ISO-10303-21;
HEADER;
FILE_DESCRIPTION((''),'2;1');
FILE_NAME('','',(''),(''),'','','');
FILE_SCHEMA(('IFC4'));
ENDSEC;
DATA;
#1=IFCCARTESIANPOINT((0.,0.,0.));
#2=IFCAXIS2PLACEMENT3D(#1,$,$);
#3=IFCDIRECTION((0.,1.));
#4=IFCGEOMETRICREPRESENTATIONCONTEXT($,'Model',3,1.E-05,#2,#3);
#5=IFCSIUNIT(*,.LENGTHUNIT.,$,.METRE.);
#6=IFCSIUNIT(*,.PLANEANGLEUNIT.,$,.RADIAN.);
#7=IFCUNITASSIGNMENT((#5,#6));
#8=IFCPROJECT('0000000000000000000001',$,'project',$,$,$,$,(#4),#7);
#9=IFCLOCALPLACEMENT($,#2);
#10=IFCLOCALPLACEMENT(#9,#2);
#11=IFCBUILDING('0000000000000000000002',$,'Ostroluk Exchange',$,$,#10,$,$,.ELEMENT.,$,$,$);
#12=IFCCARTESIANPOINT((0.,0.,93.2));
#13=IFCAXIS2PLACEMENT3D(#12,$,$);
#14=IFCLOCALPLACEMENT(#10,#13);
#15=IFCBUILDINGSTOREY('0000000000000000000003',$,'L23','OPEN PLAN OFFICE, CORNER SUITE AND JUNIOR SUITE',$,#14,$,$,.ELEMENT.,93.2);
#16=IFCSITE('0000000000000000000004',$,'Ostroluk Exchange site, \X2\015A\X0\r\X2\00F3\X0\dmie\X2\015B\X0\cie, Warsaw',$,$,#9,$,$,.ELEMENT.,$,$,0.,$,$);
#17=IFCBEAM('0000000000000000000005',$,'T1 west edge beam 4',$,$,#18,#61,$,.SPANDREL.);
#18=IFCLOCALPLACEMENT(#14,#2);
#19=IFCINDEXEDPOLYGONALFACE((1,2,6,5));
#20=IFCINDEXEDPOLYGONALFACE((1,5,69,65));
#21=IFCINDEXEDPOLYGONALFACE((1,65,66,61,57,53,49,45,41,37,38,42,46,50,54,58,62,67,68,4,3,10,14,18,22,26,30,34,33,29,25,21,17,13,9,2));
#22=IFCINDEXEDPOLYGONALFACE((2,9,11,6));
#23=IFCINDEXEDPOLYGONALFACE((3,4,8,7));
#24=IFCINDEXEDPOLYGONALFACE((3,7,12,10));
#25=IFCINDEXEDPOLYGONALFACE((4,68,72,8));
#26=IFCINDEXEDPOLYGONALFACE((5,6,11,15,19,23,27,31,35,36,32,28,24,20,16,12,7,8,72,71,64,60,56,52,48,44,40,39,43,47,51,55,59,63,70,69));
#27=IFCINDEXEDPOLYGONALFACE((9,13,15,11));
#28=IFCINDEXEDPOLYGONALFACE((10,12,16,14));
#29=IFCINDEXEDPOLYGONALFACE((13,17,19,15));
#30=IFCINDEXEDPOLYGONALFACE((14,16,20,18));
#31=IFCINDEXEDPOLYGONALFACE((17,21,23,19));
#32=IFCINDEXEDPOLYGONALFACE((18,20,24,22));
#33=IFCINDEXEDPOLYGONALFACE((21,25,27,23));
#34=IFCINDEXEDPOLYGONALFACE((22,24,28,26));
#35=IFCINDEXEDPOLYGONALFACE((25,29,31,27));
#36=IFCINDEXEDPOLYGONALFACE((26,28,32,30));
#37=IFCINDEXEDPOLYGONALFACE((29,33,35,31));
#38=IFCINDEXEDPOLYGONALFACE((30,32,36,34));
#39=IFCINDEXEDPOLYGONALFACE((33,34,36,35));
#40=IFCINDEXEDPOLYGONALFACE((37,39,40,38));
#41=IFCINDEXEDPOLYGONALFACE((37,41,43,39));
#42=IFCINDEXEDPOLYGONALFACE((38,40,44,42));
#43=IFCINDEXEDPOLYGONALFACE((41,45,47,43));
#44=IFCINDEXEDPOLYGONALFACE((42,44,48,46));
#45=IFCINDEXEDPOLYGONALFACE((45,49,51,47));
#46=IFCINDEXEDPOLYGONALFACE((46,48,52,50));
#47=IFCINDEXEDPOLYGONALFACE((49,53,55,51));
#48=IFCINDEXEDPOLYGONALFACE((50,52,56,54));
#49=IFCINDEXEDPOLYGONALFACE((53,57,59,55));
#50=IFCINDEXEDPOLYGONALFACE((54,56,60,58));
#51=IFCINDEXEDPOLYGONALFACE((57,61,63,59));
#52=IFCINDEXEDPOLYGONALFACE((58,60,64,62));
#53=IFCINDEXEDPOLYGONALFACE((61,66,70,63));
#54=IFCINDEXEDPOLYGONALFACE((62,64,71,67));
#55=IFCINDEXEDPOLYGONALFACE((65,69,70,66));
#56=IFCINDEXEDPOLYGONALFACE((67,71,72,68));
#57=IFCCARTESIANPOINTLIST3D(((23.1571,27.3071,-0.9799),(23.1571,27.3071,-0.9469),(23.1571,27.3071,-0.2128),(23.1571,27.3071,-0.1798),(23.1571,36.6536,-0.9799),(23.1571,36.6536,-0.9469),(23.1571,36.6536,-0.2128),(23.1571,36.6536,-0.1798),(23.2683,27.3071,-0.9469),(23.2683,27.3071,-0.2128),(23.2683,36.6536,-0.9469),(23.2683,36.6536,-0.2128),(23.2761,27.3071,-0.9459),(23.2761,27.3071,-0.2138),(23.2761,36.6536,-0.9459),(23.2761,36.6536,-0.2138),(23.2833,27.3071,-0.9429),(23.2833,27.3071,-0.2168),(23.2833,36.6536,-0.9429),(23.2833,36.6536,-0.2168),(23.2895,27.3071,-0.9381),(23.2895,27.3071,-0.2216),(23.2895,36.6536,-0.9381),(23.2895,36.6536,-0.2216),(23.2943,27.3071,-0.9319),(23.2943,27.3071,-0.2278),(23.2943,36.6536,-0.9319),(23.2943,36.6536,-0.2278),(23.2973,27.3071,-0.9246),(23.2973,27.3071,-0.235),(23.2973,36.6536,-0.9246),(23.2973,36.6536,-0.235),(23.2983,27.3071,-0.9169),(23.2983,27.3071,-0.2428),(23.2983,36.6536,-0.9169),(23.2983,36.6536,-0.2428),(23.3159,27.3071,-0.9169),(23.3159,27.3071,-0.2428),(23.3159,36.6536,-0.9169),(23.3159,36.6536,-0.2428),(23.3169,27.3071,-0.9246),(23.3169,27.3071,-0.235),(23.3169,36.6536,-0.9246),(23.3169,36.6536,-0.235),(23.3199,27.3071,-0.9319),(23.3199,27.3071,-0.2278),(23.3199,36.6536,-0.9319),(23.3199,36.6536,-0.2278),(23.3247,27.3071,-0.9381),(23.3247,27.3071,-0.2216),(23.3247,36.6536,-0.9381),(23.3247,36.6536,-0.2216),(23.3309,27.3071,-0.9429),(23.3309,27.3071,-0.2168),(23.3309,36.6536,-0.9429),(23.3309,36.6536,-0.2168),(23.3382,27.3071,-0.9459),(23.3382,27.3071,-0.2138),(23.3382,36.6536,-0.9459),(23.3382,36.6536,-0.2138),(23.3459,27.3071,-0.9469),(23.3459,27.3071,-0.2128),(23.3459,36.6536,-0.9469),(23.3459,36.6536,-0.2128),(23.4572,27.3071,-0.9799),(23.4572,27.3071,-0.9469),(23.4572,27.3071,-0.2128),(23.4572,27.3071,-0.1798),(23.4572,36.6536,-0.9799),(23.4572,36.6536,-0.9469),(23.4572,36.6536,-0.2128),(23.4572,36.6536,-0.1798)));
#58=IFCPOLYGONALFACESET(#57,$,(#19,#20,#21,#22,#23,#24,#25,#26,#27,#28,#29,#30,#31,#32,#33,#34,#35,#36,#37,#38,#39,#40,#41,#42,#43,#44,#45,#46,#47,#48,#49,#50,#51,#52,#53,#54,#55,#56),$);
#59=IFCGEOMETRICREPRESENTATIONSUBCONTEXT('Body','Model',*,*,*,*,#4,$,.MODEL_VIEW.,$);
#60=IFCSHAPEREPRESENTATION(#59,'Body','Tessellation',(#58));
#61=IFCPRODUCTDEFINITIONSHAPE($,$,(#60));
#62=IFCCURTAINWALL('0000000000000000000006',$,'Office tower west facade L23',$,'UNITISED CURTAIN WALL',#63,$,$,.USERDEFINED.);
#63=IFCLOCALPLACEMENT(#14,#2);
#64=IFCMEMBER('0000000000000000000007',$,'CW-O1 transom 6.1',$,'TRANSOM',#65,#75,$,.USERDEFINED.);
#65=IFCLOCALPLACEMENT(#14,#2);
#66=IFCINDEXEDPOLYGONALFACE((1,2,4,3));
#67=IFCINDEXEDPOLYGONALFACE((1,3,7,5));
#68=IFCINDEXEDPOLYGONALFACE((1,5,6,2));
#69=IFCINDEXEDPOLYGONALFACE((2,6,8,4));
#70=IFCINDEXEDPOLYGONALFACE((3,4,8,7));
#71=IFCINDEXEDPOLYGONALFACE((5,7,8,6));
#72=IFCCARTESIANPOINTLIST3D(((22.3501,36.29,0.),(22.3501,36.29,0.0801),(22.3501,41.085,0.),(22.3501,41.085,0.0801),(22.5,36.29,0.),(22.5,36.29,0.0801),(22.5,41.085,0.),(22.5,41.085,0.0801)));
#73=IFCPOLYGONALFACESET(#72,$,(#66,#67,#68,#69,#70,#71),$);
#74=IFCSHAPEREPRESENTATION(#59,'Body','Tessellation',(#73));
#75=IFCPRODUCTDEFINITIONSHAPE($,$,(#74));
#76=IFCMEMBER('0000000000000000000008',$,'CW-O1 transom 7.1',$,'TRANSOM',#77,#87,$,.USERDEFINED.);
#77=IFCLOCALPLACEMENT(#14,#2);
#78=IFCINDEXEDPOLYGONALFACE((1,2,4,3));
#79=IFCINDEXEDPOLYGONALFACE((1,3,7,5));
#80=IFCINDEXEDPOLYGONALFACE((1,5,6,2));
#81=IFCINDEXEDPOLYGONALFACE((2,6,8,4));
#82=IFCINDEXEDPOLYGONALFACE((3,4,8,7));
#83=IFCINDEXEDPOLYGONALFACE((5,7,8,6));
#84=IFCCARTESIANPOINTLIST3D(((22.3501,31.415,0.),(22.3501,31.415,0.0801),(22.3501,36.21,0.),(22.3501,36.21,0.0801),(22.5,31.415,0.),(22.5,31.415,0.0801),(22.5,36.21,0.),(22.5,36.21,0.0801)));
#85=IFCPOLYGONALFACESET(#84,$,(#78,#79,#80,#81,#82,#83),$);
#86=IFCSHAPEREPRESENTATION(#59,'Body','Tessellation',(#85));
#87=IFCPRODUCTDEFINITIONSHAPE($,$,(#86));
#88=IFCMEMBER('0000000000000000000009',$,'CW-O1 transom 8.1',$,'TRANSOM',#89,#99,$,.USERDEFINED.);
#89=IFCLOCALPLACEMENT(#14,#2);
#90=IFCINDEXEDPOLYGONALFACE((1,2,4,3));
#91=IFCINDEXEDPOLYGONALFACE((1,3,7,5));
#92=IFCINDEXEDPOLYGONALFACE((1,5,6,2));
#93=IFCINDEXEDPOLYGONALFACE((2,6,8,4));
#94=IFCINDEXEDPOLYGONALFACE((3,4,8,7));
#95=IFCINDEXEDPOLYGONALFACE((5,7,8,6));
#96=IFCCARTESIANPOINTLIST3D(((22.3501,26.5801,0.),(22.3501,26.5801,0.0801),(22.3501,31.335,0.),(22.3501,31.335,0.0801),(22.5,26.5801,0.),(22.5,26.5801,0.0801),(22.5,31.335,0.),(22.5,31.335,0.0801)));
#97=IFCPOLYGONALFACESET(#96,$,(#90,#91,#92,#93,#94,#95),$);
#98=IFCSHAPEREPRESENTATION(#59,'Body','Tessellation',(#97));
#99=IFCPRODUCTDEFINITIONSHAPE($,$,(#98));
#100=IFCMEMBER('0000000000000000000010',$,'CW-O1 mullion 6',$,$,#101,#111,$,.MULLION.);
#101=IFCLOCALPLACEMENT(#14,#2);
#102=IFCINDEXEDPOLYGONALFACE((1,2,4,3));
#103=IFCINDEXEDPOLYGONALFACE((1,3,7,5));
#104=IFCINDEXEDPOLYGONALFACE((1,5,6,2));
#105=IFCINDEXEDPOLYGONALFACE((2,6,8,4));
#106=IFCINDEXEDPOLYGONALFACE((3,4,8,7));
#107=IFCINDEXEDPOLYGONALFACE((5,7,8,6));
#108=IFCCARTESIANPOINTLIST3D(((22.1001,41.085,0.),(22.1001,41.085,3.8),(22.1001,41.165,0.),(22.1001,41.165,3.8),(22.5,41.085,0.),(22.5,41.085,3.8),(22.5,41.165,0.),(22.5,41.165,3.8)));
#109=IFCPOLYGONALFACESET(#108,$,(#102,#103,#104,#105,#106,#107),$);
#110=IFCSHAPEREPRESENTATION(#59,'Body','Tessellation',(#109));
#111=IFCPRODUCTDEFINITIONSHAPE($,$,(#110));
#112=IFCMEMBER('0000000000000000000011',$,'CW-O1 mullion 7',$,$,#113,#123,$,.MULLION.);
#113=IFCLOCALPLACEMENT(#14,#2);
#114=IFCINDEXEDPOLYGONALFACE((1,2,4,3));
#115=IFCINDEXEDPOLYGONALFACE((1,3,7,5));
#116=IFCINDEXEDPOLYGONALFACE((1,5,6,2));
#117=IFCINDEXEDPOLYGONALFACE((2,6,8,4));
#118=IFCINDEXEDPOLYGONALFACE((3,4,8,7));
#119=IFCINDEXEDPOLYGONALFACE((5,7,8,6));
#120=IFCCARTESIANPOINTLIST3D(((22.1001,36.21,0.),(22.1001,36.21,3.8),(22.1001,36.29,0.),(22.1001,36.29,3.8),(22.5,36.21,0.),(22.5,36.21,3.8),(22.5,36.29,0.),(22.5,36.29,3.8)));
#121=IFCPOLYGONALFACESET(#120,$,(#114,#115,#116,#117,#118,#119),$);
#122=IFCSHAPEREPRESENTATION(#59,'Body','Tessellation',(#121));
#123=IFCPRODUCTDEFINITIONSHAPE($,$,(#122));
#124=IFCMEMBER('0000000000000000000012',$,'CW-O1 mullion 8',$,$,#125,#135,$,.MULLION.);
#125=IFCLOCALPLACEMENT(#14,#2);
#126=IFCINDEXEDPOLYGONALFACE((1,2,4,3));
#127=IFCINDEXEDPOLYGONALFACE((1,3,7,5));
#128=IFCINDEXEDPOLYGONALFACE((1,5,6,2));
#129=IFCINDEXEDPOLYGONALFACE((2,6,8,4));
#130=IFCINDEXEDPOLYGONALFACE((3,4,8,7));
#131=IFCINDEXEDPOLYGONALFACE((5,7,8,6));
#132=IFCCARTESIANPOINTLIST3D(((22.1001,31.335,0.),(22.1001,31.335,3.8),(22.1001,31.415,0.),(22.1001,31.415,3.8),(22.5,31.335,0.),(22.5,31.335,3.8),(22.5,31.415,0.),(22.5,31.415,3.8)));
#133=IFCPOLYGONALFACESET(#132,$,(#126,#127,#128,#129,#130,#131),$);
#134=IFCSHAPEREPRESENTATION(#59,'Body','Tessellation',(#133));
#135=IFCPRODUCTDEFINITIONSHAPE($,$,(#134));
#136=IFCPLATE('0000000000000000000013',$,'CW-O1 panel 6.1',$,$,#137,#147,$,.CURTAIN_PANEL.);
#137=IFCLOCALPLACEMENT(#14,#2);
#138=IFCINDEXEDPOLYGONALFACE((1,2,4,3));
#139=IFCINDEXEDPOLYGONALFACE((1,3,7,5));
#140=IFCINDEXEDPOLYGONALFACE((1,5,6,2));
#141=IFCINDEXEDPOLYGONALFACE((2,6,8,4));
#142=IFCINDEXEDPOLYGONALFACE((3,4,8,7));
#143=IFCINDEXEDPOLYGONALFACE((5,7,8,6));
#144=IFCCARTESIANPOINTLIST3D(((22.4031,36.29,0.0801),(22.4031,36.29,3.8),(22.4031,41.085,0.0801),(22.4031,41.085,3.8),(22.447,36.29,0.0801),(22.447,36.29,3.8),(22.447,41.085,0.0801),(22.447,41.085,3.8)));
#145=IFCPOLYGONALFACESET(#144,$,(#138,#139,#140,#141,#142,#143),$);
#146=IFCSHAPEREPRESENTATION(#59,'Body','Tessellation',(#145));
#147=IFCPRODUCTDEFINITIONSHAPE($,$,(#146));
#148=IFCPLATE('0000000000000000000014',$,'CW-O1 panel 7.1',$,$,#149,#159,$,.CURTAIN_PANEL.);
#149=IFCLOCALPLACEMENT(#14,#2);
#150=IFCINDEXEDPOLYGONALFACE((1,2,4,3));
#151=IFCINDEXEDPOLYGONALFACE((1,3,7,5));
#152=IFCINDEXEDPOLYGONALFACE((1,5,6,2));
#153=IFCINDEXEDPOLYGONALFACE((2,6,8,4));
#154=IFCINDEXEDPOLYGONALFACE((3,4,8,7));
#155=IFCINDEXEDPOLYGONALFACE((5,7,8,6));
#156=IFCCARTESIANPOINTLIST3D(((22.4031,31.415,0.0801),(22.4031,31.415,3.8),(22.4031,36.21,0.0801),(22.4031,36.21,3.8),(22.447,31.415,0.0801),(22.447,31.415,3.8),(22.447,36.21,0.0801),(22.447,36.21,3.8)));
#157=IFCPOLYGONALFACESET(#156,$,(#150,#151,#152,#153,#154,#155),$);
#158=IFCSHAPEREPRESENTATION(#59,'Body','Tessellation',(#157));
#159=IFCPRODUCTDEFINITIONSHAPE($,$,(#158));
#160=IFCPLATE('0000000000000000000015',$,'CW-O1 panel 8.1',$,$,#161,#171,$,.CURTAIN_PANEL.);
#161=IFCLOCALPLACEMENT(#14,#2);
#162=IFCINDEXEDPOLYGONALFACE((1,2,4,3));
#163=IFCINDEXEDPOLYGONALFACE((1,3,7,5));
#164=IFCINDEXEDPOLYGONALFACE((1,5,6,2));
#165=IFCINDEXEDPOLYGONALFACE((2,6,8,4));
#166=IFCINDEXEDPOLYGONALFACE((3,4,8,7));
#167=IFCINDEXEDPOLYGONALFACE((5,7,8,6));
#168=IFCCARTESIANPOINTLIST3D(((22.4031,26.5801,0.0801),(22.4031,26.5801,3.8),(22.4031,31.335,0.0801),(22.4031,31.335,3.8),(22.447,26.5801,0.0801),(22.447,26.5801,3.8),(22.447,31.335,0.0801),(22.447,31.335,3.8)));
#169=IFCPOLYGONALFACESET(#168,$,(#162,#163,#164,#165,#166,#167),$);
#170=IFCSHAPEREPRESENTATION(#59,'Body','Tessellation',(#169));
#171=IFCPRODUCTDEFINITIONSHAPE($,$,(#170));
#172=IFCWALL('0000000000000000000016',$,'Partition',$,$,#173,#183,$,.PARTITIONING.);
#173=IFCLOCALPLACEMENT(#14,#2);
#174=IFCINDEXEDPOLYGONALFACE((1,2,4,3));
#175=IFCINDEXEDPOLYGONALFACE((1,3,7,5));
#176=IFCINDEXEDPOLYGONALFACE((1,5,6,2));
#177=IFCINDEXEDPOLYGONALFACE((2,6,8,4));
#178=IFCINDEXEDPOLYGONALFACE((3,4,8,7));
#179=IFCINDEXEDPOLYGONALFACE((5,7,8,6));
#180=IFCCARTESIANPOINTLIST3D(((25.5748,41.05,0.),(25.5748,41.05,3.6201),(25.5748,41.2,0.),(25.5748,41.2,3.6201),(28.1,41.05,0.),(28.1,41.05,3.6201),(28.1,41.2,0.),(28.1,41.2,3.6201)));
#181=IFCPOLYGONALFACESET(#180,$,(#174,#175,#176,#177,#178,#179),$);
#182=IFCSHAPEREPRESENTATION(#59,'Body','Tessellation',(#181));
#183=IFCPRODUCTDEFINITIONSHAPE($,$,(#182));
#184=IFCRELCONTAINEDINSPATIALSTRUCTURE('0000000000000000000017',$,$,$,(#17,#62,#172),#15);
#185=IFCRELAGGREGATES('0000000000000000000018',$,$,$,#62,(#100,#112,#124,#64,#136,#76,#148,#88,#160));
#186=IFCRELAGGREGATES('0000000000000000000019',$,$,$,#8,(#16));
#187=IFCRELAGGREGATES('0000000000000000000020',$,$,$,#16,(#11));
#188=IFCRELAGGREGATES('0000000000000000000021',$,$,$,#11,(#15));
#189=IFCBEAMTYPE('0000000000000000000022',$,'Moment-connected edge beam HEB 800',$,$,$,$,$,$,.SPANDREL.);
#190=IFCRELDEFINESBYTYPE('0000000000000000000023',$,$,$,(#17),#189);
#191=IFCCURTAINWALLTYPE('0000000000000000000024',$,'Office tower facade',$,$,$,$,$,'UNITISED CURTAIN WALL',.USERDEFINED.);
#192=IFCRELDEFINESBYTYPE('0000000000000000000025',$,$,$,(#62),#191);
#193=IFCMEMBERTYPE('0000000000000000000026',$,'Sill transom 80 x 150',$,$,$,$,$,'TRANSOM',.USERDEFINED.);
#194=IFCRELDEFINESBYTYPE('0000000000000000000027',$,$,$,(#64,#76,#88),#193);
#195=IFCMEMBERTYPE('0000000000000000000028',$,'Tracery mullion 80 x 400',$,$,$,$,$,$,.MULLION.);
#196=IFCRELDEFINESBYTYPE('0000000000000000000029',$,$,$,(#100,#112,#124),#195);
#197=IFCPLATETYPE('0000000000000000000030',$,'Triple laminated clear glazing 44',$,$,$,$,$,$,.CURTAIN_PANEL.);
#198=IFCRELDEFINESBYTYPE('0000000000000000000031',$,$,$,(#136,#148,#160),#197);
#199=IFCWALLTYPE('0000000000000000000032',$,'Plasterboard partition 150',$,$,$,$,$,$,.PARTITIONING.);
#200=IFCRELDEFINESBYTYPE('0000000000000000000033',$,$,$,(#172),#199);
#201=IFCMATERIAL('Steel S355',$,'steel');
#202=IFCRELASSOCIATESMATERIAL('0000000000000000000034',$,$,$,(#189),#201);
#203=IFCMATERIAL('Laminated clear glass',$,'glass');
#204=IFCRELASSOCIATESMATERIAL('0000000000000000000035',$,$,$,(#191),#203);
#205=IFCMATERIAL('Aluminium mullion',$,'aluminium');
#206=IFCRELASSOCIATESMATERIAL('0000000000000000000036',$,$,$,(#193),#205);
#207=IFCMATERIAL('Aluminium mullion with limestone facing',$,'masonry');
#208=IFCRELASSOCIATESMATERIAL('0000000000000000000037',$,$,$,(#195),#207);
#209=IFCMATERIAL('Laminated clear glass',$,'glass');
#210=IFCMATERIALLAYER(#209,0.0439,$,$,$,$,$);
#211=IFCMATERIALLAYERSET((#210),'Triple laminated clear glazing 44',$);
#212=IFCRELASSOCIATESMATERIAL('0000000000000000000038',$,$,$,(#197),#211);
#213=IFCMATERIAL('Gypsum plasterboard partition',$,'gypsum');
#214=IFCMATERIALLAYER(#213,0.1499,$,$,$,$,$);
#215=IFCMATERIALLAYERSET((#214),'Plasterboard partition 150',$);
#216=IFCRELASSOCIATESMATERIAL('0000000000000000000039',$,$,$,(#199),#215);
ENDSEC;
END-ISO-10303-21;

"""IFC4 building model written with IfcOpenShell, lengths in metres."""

from ifc_helpers import new_model, si_unit, direction, frame, frame_2d, origin, origin_2d, place, context, subcontext, project, spatial, rectangle, i_section, extrude, material, layer, layer_set, material_profile, profile_set, type_object, element, aggregate, save


model = new_model("IFC4")

# Units and contexts
model_context = context("Model", 3, precision=1e-05, world=origin(), true_north=direction((0.0, 1.0)))
body_context = subcontext(model_context, "Body", "Model", "MODEL_VIEW")
ifc_project = project(units=[si_unit("LENGTHUNIT", "METRE"), si_unit("PLANEANGLEUNIT", "RADIAN")], contexts=[model_context])

# Site, building, storey
site_placement = place(None, origin())
site = spatial("IfcSite", under=ifc_project, at=site_placement, Name="Ostroluk Exchange site, Śródmieście, Warsaw", CompositionType="ELEMENT", RefElevation=0.0)
building_placement = place(site_placement, origin())
building = spatial("IfcBuilding", under=site, at=building_placement, Name="Ostroluk Exchange", CompositionType="ELEMENT")
storey_placement = place(building_placement, frame((0.0, 0.0, 93.2)))
storey = spatial("IfcBuildingStorey", under=building, at=storey_placement, Name="L23", Description="OPEN PLAN OFFICE, CORNER SUITE AND JUNIOR SUITE", CompositionType="ELEMENT", Elevation=93.2)

# Beam
ifc_material_1 = material(Name="Steel S355", Category="steel")
ifc_material_profile_1 = material_profile(ifc_material_1, i_section(OverallWidth=0.3, OverallDepth=0.8, WebThickness=0.0176, FlangeThickness=0.033, FilletRadius=0.03, at=origin_2d()), Name="HEB 800")
ifc_profile_set_1 = profile_set([ifc_material_profile_1], Name="Steel S355")
beam_type_1 = type_object("IfcBeamType", Name="Moment-connected edge beam HEB 800", PredefinedType="SPANDREL", material=ifc_profile_set_1)
beam_1_placement = place(storey_placement, frame((23.3071, 36.6536, -0.5798), z_axis=(0.0, -1.0, 0.0), x_axis=(1.0, 0.0, 0.0)))
element("IfcBeam", 1, at=beam_1_placement, inside=storey, type_object=beam_type_1, Name="T1 west edge beam 4", PredefinedType="SPANDREL", context=body_context, shape_type="SweptSolid", body=[
    extrude(i_section(OverallWidth=0.3, OverallDepth=0.8, WebThickness=0.0176, FlangeThickness=0.033, FilletRadius=0.03, at=origin_2d()), origin(), (0.0, 0.0, 1.0), 9.3464),
])

# Curtain wall, members, plates
ifc_material_2 = material(Name="Laminated clear glass", Category="glass")
curtain_wall_type = type_object("IfcCurtainWallType", Name="Office tower facade", ElementType="UNITISED CURTAIN WALL", PredefinedType="USERDEFINED", material=ifc_material_2)
curtain_wall_placement = place(storey_placement, origin())
curtain_wall = element("IfcCurtainWall", 2, at=curtain_wall_placement, inside=storey, type_object=curtain_wall_type, Name="Office tower west facade L23", ObjectType="UNITISED CURTAIN WALL", PredefinedType="USERDEFINED")
ifc_material_3 = material(Name="Aluminium mullion", Category="aluminium")
ifc_material_profile_2 = material_profile(ifc_material_3, rectangle(XDim=0.1499, YDim=0.0801, at=origin_2d()), Name="Sill transom 80 x 150")
ifc_profile_set_2 = profile_set([ifc_material_profile_2], Name="Aluminium mullion")
member_type_1 = type_object("IfcMemberType", Name="Sill transom 80 x 150", ElementType="TRANSOM", PredefinedType="USERDEFINED", material=ifc_profile_set_2)
member_1_placement = place(storey_placement, frame((22.425, 41.085, 0.04), z_axis=(0.0, -1.0, 0.0), x_axis=(1.0, 0.0, 0.0)))
member_1 = element("IfcMember", 3, at=member_1_placement, type_object=member_type_1, Name="CW-O1 transom 6.1", ObjectType="TRANSOM", PredefinedType="USERDEFINED", context=body_context, shape_type="SweptSolid", body=[
    extrude(rectangle(XDim=0.1499, YDim=0.0801, at=origin_2d()), origin(), (0.0, 0.0, 1.0), 4.7949),
])
member_2_placement = place(storey_placement, frame((22.425, 36.21, 0.04), z_axis=(0.0, -1.0, 0.0), x_axis=(1.0, 0.0, 0.0)))
member_2 = element("IfcMember", 4, at=member_2_placement, type_object=member_type_1, Name="CW-O1 transom 7.1", ObjectType="TRANSOM", PredefinedType="USERDEFINED", context=body_context, shape_type="SweptSolid", body=[
    extrude(rectangle(XDim=0.1499, YDim=0.0801, at=origin_2d()), origin(), (0.0, 0.0, 1.0), 4.7949),
])
member_3_placement = place(storey_placement, frame((22.425, 31.335, 0.04), z_axis=(0.0, -1.0, 0.0), x_axis=(1.0, 0.0, 0.0)))
member_3 = element("IfcMember", 5, at=member_3_placement, type_object=member_type_1, Name="CW-O1 transom 8.1", ObjectType="TRANSOM", PredefinedType="USERDEFINED", context=body_context, shape_type="SweptSolid", body=[
    extrude(rectangle(XDim=0.1499, YDim=0.0801, at=origin_2d()), origin(), (0.0, 0.0, 1.0), 4.7549),
])
ifc_material_4 = material(Name="Aluminium mullion with limestone facing", Category="masonry")
ifc_material_profile_3 = material_profile(ifc_material_4, rectangle(XDim=0.3999, YDim=0.0801, at=origin_2d()), Name="Tracery mullion 80 x 400")
ifc_profile_set_3 = profile_set([ifc_material_profile_3], Name="Aluminium mullion with limestone facing")
member_type_2 = type_object("IfcMemberType", Name="Tracery mullion 80 x 400", PredefinedType="MULLION", material=ifc_profile_set_3)
member_4_placement = place(storey_placement, frame((22.3, 41.125, 0.0), z_axis=(0.0, 0.0, 1.0), x_axis=(1.0, 0.0, 0.0)))
member_4 = element("IfcMember", 6, at=member_4_placement, type_object=member_type_2, Name="CW-O1 mullion 6", PredefinedType="MULLION", context=body_context, shape_type="SweptSolid", body=[
    extrude(rectangle(XDim=0.3999, YDim=0.0801, at=origin_2d()), origin(), (0.0, 0.0, 1.0), 3.8),
])
member_5_placement = place(storey_placement, frame((22.3, 36.25, 0.0), z_axis=(0.0, 0.0, 1.0), x_axis=(1.0, 0.0, 0.0)))
member_5 = element("IfcMember", 7, at=member_5_placement, type_object=member_type_2, Name="CW-O1 mullion 7", PredefinedType="MULLION", context=body_context, shape_type="SweptSolid", body=[
    extrude(rectangle(XDim=0.3999, YDim=0.0801, at=origin_2d()), origin(), (0.0, 0.0, 1.0), 3.8),
])
member_6_placement = place(storey_placement, frame((22.3, 31.375, 0.0), z_axis=(0.0, 0.0, 1.0), x_axis=(1.0, 0.0, 0.0)))
member_6 = element("IfcMember", 8, at=member_6_placement, type_object=member_type_2, Name="CW-O1 mullion 8", PredefinedType="MULLION", context=body_context, shape_type="SweptSolid", body=[
    extrude(rectangle(XDim=0.3999, YDim=0.0801, at=origin_2d()), origin(), (0.0, 0.0, 1.0), 3.8),
])
ifc_material_5 = material(Name="Laminated clear glass", Category="glass")
ifc_layer_1 = layer(ifc_material_5, 0.0439)
ifc_layer_set_1 = layer_set([ifc_layer_1], Name="Triple laminated clear glazing 44")
plate_type = type_object("IfcPlateType", Name="Triple laminated clear glazing 44", PredefinedType="CURTAIN_PANEL", material=ifc_layer_set_1)
plate_1_placement = place(storey_placement, frame((22.425, 38.6875, 0.0801), z_axis=(0.0, 0.0, 1.0), x_axis=(0.0, -1.0, 0.0)))
plate_1 = element("IfcPlate", 9, at=plate_1_placement, type_object=plate_type, Name="CW-O1 panel 6.1", PredefinedType="CURTAIN_PANEL", context=body_context, shape_type="SweptSolid", body=[
    extrude(rectangle(XDim=4.7949, YDim=0.0439, at=origin_2d()), origin(), (0.0, 0.0, 1.0), 3.72),
])
plate_2_placement = place(storey_placement, frame((22.425, 33.8125, 0.0801), z_axis=(0.0, 0.0, 1.0), x_axis=(0.0, -1.0, 0.0)))
plate_2 = element("IfcPlate", 10, at=plate_2_placement, type_object=plate_type, Name="CW-O1 panel 7.1", PredefinedType="CURTAIN_PANEL", context=body_context, shape_type="SweptSolid", body=[
    extrude(rectangle(XDim=4.7949, YDim=0.0439, at=origin_2d()), origin(), (0.0, 0.0, 1.0), 3.72),
])
plate_3_placement = place(storey_placement, frame((22.425, 28.9575, 0.0801), z_axis=(0.0, 0.0, 1.0), x_axis=(0.0, -1.0, 0.0)))
plate_3 = element("IfcPlate", 11, at=plate_3_placement, type_object=plate_type, Name="CW-O1 panel 8.1", PredefinedType="CURTAIN_PANEL", context=body_context, shape_type="SweptSolid", body=[
    extrude(rectangle(XDim=4.7549, YDim=0.0439, at=origin_2d()), origin(), (0.0, 0.0, 1.0), 3.72),
])
aggregate(curtain_wall, [member_4, member_5, member_6, member_1, plate_1, member_2, plate_2, member_3, plate_3])

# Wall
ifc_material_6 = material(Name="Gypsum plasterboard partition", Category="gypsum")
ifc_layer_2 = layer(ifc_material_6, 0.1499)
ifc_layer_set_2 = layer_set([ifc_layer_2], Name="Plasterboard partition 150")
wall_type_1 = type_object("IfcWallType", Name="Plasterboard partition 150", PredefinedType="PARTITIONING", material=ifc_layer_set_2)
wall_1_placement = place(storey_placement, frame((28.1001, 41.125, 0.0), z_axis=(0.0, 0.0, 1.0), x_axis=(-1.0, 0.0, 0.0)))
element("IfcWall", 12, at=wall_1_placement, inside=storey, type_object=wall_type_1, Name="Partition", PredefinedType="PARTITIONING", context=body_context, shape_type="SweptSolid", body=[
    extrude(rectangle(XDim=2.5251, YDim=0.1499, at=frame_2d((1.2627, 0.0))), origin(), (0.0, 0.0, 1.0), 3.6201),
])

save(model, "model.ifc")
